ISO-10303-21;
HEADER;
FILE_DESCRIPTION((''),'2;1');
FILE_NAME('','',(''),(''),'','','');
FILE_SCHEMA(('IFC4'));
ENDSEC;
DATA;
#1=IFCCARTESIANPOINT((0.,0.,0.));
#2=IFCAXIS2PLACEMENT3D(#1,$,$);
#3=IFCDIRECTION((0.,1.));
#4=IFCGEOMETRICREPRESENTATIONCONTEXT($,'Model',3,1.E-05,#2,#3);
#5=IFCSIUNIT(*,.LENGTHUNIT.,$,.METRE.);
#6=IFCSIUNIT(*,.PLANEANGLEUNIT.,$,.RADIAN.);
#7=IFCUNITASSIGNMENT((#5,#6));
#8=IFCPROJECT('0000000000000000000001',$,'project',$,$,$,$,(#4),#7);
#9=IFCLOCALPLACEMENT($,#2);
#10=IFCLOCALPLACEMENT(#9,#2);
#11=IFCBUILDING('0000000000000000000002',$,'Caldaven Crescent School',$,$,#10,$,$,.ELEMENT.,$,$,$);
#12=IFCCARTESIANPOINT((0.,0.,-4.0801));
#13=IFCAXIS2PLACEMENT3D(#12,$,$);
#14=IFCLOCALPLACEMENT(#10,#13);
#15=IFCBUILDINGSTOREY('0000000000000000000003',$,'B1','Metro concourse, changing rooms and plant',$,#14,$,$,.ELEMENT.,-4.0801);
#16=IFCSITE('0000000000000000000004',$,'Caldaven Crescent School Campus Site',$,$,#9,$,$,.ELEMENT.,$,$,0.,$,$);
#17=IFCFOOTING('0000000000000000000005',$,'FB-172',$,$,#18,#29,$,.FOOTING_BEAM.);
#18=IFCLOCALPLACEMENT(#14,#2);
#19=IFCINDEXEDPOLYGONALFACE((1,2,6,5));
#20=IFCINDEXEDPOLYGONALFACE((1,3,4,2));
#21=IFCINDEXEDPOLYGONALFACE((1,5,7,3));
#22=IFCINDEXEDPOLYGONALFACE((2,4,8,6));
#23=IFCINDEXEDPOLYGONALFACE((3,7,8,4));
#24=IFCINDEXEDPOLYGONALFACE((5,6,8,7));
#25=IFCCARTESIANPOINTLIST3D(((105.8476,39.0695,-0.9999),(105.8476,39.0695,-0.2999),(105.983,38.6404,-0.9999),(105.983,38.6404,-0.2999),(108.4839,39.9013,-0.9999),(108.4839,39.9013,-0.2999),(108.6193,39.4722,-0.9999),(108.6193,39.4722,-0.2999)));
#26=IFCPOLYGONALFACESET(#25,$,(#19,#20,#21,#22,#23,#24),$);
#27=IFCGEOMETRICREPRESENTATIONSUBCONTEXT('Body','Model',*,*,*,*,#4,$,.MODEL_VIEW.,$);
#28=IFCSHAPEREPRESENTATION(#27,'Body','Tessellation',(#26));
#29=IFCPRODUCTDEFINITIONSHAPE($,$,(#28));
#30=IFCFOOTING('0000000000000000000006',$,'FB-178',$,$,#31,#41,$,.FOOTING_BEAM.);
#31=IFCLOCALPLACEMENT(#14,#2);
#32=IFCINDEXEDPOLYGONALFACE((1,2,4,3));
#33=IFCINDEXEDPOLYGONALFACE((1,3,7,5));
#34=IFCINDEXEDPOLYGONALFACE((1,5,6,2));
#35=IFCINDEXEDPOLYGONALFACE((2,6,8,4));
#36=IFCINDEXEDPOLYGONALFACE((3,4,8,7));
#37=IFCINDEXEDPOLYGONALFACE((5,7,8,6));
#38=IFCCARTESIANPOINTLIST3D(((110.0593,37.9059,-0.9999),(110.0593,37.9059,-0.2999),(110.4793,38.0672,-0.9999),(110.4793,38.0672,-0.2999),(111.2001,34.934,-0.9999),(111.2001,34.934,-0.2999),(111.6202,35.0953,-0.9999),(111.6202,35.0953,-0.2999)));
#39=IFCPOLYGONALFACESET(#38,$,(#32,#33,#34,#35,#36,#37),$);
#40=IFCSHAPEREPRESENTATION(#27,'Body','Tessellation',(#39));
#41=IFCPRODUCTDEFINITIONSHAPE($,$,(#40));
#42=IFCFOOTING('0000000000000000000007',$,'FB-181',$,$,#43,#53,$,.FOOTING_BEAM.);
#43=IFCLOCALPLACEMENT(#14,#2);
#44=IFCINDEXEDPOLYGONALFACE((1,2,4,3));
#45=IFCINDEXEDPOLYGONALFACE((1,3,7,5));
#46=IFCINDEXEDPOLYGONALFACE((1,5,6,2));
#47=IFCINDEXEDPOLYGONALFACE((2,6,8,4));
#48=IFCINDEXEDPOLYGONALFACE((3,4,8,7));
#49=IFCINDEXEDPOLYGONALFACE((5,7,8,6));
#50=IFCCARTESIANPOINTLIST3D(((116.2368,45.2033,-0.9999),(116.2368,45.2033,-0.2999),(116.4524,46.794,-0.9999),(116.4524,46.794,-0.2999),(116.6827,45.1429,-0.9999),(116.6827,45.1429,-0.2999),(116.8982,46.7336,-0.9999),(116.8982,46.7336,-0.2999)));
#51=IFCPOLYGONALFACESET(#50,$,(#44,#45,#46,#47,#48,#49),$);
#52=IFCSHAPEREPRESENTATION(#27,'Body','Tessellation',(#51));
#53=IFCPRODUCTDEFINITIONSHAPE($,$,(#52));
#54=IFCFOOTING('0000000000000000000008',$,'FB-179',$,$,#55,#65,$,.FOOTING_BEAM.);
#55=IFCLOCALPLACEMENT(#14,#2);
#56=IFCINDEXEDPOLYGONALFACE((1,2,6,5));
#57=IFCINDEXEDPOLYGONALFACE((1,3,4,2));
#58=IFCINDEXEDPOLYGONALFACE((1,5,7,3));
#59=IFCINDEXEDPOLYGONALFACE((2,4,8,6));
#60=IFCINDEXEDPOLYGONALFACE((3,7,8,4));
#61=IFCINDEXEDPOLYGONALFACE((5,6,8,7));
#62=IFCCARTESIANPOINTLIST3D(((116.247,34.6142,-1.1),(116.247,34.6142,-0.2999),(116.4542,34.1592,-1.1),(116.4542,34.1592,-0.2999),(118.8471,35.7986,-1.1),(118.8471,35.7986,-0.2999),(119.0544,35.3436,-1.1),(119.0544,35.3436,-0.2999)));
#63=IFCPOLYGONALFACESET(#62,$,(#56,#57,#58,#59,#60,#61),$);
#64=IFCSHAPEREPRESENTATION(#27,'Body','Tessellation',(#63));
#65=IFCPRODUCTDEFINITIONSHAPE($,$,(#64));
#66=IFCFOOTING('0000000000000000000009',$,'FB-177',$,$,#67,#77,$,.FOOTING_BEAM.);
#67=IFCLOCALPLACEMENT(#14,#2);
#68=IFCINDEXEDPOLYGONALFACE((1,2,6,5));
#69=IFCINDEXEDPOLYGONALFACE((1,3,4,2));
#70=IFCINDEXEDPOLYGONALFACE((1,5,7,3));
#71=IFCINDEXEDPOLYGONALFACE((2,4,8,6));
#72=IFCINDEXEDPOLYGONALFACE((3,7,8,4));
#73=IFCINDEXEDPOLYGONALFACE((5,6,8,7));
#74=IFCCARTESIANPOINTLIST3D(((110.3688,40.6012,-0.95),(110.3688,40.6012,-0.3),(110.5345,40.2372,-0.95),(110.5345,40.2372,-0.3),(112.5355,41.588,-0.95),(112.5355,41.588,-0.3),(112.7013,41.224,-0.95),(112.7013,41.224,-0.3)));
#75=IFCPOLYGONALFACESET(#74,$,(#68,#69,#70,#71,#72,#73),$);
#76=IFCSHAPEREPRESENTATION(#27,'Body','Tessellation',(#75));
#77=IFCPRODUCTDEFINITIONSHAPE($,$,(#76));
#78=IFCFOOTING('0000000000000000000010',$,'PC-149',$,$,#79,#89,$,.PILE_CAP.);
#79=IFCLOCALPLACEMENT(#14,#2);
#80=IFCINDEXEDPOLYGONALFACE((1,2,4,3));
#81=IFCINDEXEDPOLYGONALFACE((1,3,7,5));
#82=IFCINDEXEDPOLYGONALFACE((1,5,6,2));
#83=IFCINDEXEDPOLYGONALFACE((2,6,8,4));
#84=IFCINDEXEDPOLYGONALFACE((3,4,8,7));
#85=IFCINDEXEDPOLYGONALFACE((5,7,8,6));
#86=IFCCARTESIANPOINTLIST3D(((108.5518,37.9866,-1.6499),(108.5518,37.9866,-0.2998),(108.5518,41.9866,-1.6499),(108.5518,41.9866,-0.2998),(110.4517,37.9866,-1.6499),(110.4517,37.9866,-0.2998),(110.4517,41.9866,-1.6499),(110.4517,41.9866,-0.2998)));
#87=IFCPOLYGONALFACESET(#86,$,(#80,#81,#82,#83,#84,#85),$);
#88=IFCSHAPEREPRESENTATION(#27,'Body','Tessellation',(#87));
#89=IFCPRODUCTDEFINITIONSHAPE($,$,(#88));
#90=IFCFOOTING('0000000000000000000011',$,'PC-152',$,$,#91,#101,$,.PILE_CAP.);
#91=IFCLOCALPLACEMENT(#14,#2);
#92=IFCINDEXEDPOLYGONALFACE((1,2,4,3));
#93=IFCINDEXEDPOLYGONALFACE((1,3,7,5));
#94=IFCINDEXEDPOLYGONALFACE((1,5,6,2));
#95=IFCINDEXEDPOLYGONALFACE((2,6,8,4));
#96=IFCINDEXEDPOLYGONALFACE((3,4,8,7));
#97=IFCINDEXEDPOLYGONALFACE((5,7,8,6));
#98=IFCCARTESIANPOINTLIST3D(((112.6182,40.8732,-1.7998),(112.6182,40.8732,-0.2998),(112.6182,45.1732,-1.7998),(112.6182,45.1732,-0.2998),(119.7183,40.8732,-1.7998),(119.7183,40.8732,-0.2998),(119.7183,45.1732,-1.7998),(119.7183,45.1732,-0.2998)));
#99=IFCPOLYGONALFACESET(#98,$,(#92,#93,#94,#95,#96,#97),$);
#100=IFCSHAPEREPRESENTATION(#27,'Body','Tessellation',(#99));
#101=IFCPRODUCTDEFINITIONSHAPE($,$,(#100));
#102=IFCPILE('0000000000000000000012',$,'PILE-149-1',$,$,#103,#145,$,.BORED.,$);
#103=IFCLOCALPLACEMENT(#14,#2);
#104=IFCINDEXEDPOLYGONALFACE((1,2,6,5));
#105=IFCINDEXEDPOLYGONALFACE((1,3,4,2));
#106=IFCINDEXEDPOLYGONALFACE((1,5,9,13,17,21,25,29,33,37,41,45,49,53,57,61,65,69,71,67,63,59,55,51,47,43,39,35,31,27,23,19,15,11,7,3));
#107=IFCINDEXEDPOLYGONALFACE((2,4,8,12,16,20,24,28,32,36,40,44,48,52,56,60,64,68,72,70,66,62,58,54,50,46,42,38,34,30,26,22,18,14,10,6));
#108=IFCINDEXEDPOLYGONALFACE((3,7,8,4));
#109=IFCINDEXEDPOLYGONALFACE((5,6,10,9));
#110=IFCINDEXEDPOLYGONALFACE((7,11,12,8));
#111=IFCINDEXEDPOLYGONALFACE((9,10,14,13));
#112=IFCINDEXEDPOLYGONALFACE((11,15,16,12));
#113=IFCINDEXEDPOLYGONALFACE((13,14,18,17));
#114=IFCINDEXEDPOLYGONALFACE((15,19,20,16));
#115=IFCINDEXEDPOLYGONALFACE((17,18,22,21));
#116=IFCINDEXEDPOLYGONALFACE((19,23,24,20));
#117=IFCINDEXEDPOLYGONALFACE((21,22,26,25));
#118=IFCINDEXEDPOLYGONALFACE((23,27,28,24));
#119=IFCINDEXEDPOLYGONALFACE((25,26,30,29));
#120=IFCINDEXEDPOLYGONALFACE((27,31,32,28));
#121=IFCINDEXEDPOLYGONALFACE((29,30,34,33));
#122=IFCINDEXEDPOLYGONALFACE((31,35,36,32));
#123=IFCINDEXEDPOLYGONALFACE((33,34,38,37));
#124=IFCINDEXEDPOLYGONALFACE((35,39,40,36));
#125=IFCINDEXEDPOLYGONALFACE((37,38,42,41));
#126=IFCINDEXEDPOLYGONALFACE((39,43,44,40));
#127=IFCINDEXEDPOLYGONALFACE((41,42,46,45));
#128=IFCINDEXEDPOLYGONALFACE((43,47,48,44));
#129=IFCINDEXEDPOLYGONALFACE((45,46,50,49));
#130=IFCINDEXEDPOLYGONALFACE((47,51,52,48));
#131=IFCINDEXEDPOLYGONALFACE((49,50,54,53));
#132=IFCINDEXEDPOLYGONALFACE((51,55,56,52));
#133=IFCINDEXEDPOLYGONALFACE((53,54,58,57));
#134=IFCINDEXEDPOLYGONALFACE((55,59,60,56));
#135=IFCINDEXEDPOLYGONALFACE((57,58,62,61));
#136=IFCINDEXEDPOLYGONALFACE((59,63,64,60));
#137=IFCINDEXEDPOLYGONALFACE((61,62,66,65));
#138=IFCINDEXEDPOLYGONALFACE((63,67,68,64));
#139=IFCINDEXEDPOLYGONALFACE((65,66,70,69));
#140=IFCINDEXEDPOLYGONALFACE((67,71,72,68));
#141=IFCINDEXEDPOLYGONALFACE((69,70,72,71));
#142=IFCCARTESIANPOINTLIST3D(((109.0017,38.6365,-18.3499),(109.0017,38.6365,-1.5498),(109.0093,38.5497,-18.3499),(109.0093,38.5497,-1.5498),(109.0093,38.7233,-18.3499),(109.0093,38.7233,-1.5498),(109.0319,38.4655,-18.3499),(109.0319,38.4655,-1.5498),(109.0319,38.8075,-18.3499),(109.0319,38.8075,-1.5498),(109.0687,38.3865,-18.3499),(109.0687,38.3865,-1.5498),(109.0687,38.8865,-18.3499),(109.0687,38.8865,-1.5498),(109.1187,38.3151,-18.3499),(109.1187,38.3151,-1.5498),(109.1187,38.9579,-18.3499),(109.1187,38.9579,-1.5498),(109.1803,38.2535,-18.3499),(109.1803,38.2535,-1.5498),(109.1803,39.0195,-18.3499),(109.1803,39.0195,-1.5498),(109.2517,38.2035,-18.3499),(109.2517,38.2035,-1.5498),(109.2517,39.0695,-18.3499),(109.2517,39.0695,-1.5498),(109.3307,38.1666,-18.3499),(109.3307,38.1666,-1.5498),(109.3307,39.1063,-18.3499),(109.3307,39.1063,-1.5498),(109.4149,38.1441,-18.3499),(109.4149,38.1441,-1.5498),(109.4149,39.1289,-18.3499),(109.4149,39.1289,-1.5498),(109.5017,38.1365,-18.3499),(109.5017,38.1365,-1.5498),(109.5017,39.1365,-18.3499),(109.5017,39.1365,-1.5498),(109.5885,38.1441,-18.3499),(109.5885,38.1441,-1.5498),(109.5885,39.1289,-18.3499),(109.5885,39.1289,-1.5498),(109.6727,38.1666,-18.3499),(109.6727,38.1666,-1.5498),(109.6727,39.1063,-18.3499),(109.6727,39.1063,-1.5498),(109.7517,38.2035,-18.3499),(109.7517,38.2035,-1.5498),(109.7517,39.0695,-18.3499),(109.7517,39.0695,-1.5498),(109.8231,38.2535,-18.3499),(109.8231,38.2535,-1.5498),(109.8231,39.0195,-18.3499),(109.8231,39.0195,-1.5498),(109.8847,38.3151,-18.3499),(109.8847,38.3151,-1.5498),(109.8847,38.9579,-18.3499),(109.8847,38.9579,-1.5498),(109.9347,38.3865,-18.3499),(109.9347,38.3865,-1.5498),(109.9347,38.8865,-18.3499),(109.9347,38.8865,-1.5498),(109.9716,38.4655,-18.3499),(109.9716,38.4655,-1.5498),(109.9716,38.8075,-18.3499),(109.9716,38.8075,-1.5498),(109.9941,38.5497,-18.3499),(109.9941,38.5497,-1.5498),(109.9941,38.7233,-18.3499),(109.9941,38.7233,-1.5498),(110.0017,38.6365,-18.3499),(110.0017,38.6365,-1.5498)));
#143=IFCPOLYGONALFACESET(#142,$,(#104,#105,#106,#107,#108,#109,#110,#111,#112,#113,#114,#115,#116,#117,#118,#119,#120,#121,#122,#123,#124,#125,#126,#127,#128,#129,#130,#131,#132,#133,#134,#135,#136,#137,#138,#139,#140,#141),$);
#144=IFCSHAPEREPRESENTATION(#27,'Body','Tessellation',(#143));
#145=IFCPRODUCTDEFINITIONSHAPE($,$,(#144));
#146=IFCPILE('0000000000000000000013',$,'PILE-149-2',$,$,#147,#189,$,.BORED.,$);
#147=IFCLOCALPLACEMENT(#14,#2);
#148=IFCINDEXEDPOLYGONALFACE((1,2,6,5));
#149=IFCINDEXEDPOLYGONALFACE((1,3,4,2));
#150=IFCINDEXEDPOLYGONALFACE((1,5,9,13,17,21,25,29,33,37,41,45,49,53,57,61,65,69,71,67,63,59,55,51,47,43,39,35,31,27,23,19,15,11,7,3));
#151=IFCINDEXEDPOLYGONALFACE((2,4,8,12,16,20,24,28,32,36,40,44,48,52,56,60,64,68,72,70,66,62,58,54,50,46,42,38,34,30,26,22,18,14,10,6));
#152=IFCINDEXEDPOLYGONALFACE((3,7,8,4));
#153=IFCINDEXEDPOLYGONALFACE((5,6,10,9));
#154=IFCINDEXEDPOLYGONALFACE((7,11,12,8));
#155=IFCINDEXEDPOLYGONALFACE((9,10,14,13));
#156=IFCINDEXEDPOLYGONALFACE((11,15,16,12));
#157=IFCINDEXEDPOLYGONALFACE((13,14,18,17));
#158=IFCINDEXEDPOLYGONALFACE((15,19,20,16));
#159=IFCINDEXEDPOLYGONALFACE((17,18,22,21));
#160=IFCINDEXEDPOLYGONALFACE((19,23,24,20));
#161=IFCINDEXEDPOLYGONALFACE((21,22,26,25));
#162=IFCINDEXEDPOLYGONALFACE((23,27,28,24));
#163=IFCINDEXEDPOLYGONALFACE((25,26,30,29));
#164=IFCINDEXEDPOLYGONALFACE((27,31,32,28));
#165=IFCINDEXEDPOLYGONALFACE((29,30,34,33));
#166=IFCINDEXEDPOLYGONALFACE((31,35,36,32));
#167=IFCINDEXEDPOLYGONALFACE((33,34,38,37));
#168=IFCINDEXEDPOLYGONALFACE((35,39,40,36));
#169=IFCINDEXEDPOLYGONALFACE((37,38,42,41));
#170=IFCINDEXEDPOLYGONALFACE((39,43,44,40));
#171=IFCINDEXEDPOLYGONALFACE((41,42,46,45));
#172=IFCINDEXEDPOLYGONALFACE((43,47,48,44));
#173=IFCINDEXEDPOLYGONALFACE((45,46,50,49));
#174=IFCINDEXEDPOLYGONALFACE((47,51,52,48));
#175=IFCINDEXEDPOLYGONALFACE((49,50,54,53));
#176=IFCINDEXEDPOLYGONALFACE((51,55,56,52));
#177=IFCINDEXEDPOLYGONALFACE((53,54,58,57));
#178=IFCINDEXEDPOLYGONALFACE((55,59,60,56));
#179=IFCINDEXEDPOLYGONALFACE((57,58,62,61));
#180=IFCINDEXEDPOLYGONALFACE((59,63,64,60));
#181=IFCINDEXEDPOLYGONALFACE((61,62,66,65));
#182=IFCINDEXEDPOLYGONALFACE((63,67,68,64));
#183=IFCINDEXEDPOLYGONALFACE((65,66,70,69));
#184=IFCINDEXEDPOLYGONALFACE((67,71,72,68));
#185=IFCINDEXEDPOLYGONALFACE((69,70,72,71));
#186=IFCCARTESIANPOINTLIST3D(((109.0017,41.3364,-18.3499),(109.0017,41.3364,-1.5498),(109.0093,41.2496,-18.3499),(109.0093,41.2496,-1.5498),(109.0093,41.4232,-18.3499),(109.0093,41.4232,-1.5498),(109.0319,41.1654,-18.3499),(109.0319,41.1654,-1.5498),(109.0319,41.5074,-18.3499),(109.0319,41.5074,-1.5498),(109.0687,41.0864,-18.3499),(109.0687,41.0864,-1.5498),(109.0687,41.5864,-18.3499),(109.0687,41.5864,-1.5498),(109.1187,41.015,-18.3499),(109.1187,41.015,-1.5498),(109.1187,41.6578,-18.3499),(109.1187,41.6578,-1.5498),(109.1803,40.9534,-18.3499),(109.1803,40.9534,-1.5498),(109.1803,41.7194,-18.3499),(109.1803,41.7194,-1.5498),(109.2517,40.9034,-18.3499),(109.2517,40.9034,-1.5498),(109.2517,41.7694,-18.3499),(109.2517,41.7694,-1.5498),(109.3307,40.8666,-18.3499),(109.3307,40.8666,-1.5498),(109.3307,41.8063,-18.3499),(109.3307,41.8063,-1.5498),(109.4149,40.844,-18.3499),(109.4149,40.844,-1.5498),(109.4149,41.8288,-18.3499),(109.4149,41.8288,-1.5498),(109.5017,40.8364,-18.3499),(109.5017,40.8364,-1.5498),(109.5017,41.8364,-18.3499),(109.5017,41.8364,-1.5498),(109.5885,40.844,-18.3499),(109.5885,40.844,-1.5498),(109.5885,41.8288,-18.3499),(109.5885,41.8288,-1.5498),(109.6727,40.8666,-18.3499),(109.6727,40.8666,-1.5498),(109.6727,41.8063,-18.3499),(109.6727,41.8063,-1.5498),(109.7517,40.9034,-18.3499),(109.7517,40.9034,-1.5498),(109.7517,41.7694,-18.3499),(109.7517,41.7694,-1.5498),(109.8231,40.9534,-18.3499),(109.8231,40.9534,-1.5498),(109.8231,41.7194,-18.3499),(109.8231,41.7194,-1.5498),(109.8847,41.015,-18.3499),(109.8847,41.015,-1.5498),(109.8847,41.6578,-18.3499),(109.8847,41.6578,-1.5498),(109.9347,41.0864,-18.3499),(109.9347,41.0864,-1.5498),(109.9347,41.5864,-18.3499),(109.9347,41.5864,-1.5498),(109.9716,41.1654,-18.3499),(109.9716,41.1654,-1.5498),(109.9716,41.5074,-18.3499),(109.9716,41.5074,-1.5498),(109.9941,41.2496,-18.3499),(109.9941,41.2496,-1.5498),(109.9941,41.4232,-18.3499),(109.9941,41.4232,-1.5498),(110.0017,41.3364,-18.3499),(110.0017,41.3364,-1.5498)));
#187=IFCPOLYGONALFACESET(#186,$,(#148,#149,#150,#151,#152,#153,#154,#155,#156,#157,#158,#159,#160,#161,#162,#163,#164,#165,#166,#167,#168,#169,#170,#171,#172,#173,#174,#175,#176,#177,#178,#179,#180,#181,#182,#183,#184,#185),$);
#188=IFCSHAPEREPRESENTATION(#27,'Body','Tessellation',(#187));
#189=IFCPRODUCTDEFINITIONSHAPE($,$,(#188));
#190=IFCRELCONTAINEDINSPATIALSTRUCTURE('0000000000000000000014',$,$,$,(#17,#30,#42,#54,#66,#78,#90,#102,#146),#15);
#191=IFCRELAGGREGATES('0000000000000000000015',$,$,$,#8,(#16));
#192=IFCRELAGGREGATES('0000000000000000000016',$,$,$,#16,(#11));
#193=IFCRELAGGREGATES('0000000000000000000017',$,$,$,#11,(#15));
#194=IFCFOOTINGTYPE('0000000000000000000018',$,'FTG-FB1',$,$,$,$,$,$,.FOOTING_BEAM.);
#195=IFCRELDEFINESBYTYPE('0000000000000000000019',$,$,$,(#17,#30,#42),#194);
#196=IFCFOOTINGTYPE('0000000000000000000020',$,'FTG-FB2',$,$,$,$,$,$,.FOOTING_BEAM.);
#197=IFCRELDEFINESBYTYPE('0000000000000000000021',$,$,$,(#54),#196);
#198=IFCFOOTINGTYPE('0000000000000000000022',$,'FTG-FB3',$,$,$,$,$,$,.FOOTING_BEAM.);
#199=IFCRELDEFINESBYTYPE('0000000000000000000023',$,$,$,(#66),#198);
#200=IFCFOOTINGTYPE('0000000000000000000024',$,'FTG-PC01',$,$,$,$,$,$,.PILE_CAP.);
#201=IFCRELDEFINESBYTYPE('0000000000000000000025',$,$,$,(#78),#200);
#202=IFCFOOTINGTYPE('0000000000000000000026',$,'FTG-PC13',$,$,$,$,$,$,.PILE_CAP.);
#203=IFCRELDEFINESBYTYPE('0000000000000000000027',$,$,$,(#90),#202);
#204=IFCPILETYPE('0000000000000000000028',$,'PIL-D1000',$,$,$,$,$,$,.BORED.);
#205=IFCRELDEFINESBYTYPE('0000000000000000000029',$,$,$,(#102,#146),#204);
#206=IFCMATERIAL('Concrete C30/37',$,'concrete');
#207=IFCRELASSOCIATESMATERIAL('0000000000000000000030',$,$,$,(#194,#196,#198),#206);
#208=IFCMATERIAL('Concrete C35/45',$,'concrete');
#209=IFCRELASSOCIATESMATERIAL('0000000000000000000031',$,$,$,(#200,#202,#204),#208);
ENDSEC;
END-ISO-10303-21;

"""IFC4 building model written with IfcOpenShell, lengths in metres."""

from ifc_helpers import new_model, si_unit, direction, frame, origin, origin_2d, place, context, subcontext, project, spatial, rectangle, circle, extrude, material, material_profile, profile_set, type_object, element, save


model = new_model("IFC4")

# Units and contexts
model_context = context("Model", 3, precision=1e-05, world=origin(), true_north=direction((0.0, 1.0)))
body_context = subcontext(model_context, "Body", "Model", "MODEL_VIEW")
ifc_project = project(units=[si_unit("LENGTHUNIT", "METRE"), si_unit("PLANEANGLEUNIT", "RADIAN")], contexts=[model_context])

# Site, building, storey
site_placement = place(None, origin())
site = spatial("IfcSite", under=ifc_project, at=site_placement, Name="Caldaven Crescent School Campus Site", CompositionType="ELEMENT", RefElevation=0.0)
building_placement = place(site_placement, origin())
building = spatial("IfcBuilding", under=site, at=building_placement, Name="Caldaven Crescent School", CompositionType="ELEMENT")
storey_placement = place(building_placement, frame((0.0, 0.0, -4.0801)))
storey = spatial("IfcBuildingStorey", under=building, at=storey_placement, Name="B1", Description="Metro concourse, changing rooms and plant", CompositionType="ELEMENT", Elevation=-4.0801)

# Footings
ifc_material_1 = material(Name="Concrete C30/37", Category="concrete")
ifc_material_profile_1 = material_profile(ifc_material_1, rectangle(XDim=0.45, YDim=0.7, at=origin_2d()), Name="FB 450x700")
ifc_profile_set_1 = profile_set([ifc_material_profile_1], Name="Concrete C30/37")
footing_type_1 = type_object("IfcFootingType", Name="FTG-FB1", PredefinedType="FOOTING_BEAM", material=ifc_profile_set_1)
footing_1_placement = place(storey_placement, frame((105.9153, 38.855, -0.6499), z_axis=(0.953656, 0.300899, 0.0), x_axis=(-0.300899, 0.953656, 0.0)))
element("IfcFooting", 1, at=footing_1_placement, inside=storey, type_object=footing_type_1, Name="FB-172", PredefinedType="FOOTING_BEAM", context=body_context, shape_type="SweptSolid", body=[
    extrude(rectangle(XDim=0.45, YDim=0.7, at=origin_2d()), origin(), (0.0, 0.0, 1.0), 2.7644),
])
footing_2_placement = place(storey_placement, frame((111.4102, 35.0146, -0.6499), z_axis=(-0.358383, 0.933575, 0.0), x_axis=(-0.933575, -0.358383, 0.0)))
element("IfcFooting", 2, at=footing_2_placement, inside=storey, type_object=footing_type_1, Name="FB-178", PredefinedType="FOOTING_BEAM", context=body_context, shape_type="SweptSolid", body=[
    extrude(rectangle(XDim=0.45, YDim=0.7, at=origin_2d()), origin(), (0.0, 0.0, 1.0), 3.1833),
])
footing_3_placement = place(storey_placement, frame((116.4597, 45.1731, -0.6499), z_axis=(0.134305, 0.99094, 0.0), x_axis=(-0.99094, 0.134305, 0.0)))
element("IfcFooting", 3, at=footing_3_placement, inside=storey, type_object=footing_type_1, Name="FB-181", PredefinedType="FOOTING_BEAM", context=body_context, shape_type="SweptSolid", body=[
    extrude(rectangle(XDim=0.45, YDim=0.7, at=origin_2d()), origin(), (0.0, 0.0, 1.0), 1.6052),
])
ifc_material_profile_2 = material_profile(ifc_material_1, rectangle(XDim=0.5, YDim=0.8, at=origin_2d()), Name="FB 500x800")
ifc_profile_set_2 = profile_set([ifc_material_profile_2], Name="Concrete C30/37")
footing_type_2 = type_object("IfcFootingType", Name="FTG-FB2", PredefinedType="FOOTING_BEAM", material=ifc_profile_set_2)
footing_4_placement = place(storey_placement, frame((116.3506, 34.3867, -0.7), z_axis=(0.910041, 0.414517, 0.0), x_axis=(-0.414517, 0.910041, 0.0)))
element("IfcFooting", 4, at=footing_4_placement, inside=storey, type_object=footing_type_2, Name="FB-179", PredefinedType="FOOTING_BEAM", context=body_context, shape_type="SweptSolid", body=[
    extrude(rectangle(XDim=0.5, YDim=0.8, at=origin_2d()), origin(), (0.0, 0.0, 1.0), 2.8572),
])
ifc_material_profile_3 = material_profile(ifc_material_1, rectangle(XDim=0.3999, YDim=0.6499, at=origin_2d()), Name="FB 400x650")
ifc_profile_set_3 = profile_set([ifc_material_profile_3], Name="Concrete C30/37")
footing_type_3 = type_object("IfcFootingType", Name="FTG-FB3", PredefinedType="FOOTING_BEAM", material=ifc_profile_set_3)
footing_5_placement = place(storey_placement, frame((110.4517, 40.4192, -0.625), z_axis=(0.910061, 0.414475, 0.0), x_axis=(-0.414475, 0.910061, 0.0)))
element("IfcFooting", 5, at=footing_5_placement, inside=storey, type_object=footing_type_3, Name="FB-177", PredefinedType="FOOTING_BEAM", context=body_context, shape_type="SweptSolid", body=[
    extrude(rectangle(XDim=0.3999, YDim=0.6499, at=origin_2d()), origin(), (0.0, 0.0, 1.0), 2.3809),
])
ifc_material_2 = material(Name="Concrete C35/45", Category="concrete")
footing_type_4 = type_object("IfcFootingType", Name="FTG-PC01", PredefinedType="PILE_CAP", material=ifc_material_2)
footing_6_placement = place(storey_placement, frame((109.5017, 39.9866, -1.6499), z_axis=(0.0, 0.0, 1.0), x_axis=(0.0, 1.0, 0.0)))
element("IfcFooting", 6, at=footing_6_placement, inside=storey, type_object=footing_type_4, Name="PC-149", PredefinedType="PILE_CAP", context=body_context, shape_type="SweptSolid", body=[
    extrude(rectangle(XDim=4.0, YDim=1.8999, at=origin_2d()), origin(), (0.0, 0.0, 1.0), 1.3501),
])
footing_type_5 = type_object("IfcFootingType", Name="FTG-PC13", PredefinedType="PILE_CAP", material=ifc_material_2)
footing_7_placement = place(storey_placement, frame((116.1682, 43.0232, -1.7998), z_axis=(0.0, 0.0, 1.0), x_axis=(1.0, 0.0, 0.0)))
element("IfcFooting", 7, at=footing_7_placement, inside=storey, type_object=footing_type_5, Name="PC-152", PredefinedType="PILE_CAP", context=body_context, shape_type="SweptSolid", body=[
    extrude(rectangle(XDim=7.1001, YDim=4.3, at=origin_2d()), origin(), (0.0, 0.0, 1.0), 1.5),
])

# Piles
ifc_material_profile_4 = material_profile(ifc_material_2, circle(Radius=0.5, at=origin_2d()), Name="PILE D1000")
ifc_profile_set_4 = profile_set([ifc_material_profile_4], Name="Concrete C35/45")
pile_type = type_object("IfcPileType", Name="PIL-D1000", PredefinedType="BORED", material=ifc_profile_set_4)
for number, where, z_axis, x_axis, name in (
    (8, (109.5017, 38.6365, -1.5498), (0.0, 0.0, -1.0), (1.0, 0.0, 0.0), "PILE-149-1"),
    (9, (109.5017, 41.3364, -1.5498), (0.0, 0.0, -1.0), (1.0, 0.0, 0.0), "PILE-149-2"),
):
    element("IfcPile", number, at=place(storey_placement, frame(where, z_axis=z_axis, x_axis=x_axis)), inside=storey, type_object=pile_type, Name=name, PredefinedType="BORED", context=body_context, shape_type="SweptSolid", body=[
        extrude(circle(Radius=0.5, at=origin_2d()), origin(), (0.0, 0.0, 1.0), 16.8),
    ])

save(model, "model.ifc")
